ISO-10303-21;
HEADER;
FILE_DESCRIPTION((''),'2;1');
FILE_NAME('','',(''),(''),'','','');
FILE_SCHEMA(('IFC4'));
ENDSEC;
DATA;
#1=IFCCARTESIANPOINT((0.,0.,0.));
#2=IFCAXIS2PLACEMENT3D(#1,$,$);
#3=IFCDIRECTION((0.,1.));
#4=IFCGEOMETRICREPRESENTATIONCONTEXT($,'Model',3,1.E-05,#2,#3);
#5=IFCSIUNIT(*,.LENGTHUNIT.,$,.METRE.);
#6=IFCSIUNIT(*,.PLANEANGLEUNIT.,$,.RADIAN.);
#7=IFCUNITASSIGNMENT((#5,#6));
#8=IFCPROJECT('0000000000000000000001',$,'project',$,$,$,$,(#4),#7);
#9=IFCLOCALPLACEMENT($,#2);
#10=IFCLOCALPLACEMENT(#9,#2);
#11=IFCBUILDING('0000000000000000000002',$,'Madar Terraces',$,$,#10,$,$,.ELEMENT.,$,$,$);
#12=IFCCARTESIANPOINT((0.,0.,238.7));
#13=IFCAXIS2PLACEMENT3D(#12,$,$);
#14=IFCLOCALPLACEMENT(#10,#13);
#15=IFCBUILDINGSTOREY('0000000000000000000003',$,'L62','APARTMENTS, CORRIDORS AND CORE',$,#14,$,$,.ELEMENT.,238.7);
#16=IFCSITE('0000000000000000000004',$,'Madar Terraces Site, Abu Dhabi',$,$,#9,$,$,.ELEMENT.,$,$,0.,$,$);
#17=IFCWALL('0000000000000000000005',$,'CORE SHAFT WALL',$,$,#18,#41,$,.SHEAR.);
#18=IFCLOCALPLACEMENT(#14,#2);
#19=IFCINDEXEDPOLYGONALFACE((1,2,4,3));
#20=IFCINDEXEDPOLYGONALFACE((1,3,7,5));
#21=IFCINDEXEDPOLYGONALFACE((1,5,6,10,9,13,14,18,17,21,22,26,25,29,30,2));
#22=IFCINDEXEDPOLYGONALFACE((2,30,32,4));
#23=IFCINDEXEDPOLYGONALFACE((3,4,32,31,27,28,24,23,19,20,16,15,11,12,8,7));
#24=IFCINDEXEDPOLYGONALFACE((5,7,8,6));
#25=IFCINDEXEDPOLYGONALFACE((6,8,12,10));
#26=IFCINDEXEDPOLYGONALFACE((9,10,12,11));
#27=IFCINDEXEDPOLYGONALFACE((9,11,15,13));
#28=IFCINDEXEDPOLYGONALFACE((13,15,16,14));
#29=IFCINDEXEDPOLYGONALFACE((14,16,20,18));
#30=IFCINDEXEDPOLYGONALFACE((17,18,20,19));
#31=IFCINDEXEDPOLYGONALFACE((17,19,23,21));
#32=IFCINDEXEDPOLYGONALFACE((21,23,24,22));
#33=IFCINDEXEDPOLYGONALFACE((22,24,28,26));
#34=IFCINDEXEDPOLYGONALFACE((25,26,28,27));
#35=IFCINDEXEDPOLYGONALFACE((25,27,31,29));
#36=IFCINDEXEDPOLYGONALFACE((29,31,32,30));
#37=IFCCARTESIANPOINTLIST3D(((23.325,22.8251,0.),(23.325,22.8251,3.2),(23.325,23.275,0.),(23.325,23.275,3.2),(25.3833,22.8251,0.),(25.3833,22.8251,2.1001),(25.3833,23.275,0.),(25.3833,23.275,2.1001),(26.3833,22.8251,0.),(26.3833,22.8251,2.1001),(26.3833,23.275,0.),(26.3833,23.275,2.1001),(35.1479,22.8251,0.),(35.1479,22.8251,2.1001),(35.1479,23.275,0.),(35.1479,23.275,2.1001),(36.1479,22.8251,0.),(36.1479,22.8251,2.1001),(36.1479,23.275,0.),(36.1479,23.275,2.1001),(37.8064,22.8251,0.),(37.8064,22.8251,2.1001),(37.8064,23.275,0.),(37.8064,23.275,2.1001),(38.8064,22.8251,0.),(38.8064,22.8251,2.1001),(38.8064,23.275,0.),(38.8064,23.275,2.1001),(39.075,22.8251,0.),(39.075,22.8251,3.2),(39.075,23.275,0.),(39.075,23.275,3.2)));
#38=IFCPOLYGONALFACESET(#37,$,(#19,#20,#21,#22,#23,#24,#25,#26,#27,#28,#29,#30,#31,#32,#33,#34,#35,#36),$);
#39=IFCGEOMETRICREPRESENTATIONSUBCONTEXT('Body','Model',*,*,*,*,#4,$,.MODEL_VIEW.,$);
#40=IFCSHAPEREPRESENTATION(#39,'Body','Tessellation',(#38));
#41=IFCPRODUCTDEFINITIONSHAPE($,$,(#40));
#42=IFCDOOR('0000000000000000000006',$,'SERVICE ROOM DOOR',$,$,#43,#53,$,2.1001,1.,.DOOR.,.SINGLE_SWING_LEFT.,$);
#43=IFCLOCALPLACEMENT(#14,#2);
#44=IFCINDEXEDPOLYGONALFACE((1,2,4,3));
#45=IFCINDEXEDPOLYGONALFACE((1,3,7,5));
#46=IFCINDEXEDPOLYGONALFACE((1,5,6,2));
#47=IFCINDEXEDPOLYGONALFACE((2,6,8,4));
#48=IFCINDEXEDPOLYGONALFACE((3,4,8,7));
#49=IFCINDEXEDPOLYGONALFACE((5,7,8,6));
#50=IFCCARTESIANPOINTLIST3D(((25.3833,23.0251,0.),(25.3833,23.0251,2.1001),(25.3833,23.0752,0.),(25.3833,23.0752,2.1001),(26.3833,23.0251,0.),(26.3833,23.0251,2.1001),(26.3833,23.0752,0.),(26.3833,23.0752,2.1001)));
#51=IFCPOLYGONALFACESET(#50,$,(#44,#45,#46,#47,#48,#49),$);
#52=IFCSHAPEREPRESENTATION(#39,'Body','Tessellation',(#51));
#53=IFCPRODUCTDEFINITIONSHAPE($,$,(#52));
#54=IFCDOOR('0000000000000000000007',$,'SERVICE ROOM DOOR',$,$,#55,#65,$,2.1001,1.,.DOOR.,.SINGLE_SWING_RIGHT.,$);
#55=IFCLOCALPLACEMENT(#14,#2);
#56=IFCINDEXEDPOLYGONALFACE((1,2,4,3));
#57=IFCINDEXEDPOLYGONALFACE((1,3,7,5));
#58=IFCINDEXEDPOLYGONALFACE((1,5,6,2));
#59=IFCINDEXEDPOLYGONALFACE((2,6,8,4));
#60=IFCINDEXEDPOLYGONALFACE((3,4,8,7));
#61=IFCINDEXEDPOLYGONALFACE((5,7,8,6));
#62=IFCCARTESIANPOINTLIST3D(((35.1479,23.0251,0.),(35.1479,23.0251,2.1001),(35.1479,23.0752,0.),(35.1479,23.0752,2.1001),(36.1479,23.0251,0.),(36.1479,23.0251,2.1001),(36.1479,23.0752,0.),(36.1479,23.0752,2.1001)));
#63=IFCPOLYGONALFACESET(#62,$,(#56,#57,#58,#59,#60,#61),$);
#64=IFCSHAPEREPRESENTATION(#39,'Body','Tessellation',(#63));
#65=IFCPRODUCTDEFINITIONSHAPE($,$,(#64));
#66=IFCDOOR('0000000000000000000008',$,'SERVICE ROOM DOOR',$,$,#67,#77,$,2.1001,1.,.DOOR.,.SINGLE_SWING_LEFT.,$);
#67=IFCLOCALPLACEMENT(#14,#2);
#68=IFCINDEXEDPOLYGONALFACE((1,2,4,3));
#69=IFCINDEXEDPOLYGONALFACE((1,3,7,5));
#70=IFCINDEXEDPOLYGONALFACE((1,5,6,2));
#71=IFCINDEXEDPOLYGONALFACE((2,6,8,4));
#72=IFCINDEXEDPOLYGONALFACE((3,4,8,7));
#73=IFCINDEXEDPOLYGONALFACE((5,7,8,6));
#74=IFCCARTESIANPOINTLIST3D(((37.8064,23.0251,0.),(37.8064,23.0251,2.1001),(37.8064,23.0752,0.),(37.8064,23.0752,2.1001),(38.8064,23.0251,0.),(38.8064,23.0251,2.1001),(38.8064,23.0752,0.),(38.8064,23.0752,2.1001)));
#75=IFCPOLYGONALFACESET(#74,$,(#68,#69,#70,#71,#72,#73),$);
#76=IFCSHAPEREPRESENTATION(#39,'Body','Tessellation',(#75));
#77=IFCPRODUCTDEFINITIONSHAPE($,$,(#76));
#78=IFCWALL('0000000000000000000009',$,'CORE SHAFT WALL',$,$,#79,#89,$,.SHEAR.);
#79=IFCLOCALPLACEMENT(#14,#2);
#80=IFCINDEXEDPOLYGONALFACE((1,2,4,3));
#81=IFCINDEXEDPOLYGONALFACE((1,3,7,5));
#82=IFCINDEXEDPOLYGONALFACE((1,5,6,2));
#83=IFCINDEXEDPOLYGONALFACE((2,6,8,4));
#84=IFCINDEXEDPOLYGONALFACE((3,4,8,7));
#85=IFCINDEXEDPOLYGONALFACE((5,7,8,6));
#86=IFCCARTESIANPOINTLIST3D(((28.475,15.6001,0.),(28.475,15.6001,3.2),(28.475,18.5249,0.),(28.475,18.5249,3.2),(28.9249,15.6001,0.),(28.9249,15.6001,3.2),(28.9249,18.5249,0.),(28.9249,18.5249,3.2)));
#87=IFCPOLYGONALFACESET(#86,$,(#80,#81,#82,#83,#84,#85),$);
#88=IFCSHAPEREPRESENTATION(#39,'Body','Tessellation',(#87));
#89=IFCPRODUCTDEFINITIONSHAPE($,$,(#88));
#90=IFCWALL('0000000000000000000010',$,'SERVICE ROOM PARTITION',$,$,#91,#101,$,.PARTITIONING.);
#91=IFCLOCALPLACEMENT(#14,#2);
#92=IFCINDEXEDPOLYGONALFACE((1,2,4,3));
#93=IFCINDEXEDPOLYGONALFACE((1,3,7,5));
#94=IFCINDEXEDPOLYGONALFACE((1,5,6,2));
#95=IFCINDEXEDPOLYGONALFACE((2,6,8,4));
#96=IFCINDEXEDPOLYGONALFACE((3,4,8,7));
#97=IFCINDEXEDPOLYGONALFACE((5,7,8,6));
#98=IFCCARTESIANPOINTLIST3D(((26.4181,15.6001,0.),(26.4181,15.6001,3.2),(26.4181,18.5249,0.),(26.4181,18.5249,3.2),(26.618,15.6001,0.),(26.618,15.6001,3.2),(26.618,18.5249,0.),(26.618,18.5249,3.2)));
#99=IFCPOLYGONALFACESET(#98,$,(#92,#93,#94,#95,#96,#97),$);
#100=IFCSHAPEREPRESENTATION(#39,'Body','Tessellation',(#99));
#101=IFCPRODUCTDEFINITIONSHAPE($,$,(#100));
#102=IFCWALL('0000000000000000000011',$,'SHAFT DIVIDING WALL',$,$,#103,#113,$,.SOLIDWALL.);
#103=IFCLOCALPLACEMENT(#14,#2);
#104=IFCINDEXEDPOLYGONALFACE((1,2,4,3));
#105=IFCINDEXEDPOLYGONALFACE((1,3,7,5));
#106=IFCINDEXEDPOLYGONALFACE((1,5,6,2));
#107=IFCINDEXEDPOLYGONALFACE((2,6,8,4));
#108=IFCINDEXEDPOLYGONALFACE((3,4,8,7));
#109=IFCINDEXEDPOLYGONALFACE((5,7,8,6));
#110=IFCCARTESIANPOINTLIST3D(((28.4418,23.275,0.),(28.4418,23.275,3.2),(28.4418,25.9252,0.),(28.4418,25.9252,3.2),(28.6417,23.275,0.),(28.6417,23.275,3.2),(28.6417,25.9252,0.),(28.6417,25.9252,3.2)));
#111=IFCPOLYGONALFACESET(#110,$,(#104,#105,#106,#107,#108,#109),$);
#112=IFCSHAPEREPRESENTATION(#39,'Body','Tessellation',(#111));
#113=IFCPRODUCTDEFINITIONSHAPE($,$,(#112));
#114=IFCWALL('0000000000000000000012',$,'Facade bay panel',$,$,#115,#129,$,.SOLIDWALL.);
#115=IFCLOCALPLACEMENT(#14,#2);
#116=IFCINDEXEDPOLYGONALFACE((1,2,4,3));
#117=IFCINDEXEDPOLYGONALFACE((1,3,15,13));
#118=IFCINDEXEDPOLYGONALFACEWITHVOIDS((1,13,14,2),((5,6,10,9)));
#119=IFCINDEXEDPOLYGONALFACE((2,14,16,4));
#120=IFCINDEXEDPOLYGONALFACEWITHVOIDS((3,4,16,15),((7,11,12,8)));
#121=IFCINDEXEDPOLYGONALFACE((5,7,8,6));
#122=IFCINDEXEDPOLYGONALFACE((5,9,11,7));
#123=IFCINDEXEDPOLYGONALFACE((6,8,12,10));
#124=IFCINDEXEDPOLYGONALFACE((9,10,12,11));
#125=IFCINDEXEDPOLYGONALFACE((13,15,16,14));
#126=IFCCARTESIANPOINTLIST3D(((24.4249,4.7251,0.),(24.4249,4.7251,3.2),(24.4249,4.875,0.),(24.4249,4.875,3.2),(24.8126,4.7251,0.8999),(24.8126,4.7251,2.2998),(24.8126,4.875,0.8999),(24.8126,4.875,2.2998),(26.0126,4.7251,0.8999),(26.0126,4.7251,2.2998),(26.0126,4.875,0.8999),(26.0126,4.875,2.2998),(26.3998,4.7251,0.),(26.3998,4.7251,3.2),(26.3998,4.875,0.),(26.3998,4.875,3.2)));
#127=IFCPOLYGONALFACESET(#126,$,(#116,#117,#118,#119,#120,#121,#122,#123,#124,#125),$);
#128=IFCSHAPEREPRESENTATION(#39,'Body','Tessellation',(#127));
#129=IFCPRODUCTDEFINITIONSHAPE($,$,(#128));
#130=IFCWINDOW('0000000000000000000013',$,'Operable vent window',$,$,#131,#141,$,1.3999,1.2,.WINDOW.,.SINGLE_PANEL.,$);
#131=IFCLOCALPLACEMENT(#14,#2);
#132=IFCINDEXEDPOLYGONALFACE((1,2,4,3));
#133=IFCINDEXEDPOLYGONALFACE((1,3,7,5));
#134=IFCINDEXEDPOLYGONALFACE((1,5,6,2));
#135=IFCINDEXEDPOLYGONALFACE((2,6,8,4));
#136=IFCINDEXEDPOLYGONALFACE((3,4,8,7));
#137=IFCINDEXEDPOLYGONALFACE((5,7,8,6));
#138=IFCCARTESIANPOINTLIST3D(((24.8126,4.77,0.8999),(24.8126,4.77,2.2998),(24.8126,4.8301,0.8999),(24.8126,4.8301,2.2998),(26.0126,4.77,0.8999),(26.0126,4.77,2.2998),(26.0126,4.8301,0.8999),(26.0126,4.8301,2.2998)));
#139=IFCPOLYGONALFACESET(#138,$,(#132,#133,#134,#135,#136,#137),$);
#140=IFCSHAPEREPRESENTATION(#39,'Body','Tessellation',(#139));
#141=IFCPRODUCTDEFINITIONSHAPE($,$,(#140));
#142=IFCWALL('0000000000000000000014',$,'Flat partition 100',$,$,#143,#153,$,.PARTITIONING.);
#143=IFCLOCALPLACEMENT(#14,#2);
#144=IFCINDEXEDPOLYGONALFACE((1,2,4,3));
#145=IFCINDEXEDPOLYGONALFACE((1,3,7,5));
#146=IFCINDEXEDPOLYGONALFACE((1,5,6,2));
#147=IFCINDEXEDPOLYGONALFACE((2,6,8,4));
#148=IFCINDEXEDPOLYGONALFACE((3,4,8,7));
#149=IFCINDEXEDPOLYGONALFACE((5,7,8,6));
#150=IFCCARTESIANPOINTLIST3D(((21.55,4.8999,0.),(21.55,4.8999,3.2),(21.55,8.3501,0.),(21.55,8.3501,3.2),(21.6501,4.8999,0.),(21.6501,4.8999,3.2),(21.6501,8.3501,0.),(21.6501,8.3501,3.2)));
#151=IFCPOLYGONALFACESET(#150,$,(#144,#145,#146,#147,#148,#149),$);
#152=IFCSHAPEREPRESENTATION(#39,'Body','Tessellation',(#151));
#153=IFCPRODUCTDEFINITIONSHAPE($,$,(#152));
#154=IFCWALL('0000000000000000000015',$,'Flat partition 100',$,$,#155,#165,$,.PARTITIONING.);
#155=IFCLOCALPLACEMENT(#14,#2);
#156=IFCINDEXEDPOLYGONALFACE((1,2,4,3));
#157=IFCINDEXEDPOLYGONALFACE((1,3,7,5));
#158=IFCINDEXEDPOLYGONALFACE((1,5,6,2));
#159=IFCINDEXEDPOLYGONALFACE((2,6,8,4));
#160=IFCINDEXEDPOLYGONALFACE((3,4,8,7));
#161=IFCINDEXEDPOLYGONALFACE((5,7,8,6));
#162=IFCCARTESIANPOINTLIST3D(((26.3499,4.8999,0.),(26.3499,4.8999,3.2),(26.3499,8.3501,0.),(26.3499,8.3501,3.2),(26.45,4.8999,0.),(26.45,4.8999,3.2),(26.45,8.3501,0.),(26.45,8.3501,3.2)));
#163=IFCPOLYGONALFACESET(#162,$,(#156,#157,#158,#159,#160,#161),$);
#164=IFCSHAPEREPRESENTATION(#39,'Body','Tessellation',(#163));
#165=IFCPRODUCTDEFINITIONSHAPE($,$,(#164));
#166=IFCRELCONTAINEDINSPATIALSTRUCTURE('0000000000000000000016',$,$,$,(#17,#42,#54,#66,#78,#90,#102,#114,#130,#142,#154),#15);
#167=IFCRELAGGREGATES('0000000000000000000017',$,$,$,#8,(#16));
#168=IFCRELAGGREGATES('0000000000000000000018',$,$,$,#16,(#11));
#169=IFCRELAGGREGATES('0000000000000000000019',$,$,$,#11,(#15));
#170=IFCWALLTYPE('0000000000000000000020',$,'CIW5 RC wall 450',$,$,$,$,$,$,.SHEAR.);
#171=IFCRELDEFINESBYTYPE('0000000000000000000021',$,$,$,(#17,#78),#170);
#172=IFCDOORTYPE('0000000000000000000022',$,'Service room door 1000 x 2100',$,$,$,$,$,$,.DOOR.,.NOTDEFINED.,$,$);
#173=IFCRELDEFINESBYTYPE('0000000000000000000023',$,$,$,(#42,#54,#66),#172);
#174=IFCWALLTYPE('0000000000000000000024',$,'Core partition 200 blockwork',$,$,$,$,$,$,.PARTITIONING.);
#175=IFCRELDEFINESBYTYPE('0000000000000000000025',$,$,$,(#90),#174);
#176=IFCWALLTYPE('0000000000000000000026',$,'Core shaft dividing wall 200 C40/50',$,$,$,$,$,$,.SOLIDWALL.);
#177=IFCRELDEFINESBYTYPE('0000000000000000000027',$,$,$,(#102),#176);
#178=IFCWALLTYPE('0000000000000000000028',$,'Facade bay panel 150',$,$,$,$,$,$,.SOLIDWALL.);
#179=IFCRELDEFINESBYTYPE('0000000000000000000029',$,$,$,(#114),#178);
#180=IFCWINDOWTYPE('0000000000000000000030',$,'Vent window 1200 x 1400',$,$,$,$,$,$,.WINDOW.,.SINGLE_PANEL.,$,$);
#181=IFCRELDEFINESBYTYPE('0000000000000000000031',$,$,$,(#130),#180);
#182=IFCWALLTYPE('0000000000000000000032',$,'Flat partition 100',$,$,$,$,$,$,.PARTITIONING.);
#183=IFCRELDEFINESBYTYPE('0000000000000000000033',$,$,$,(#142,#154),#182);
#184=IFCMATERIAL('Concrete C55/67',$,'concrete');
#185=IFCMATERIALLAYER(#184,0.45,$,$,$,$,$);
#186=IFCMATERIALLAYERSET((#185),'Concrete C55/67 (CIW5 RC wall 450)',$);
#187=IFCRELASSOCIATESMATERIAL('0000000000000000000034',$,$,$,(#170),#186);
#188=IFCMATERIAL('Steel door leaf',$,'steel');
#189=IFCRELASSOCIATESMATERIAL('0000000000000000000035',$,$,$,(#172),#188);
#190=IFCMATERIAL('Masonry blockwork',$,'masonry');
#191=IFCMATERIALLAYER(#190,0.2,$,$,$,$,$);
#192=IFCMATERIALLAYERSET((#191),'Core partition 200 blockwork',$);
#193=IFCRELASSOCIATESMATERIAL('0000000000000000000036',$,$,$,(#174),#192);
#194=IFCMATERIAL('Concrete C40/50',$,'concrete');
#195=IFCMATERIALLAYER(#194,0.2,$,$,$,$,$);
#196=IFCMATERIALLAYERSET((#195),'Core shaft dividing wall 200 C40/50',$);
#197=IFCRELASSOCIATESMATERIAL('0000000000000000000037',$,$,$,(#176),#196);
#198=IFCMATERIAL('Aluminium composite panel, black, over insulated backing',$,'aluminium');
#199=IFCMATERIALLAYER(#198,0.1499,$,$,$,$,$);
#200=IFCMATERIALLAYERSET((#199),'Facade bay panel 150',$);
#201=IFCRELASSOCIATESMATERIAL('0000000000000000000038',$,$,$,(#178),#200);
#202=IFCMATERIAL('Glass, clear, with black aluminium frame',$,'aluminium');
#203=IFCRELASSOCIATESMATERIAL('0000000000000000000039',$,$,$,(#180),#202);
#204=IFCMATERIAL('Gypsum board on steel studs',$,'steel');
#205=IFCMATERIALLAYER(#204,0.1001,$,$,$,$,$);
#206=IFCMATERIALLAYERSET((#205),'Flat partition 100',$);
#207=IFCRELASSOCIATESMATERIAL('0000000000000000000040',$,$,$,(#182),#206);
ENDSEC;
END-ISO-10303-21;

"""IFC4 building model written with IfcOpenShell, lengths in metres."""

from ifc_helpers import new_model, si_unit, direction, frame, frame_2d, origin, place, context, subcontext, project, spatial, rectangle, extrude, material, layer, layer_set, type_object, element, fill, save


model = new_model("IFC4")

# Units and contexts
model_context = context("Model", 3, precision=1e-05, world=origin(), true_north=direction((0.0, 1.0)))
body_context = subcontext(model_context, "Body", "Model", "MODEL_VIEW")
ifc_project = project(units=[si_unit("LENGTHUNIT", "METRE"), si_unit("PLANEANGLEUNIT", "RADIAN")], contexts=[model_context])

# Site, building, storey
site_placement = place(None, origin())
site = spatial("IfcSite", under=ifc_project, at=site_placement, Name="Madar Terraces Site, Abu Dhabi", CompositionType="ELEMENT", RefElevation=0.0)
building_placement = place(site_placement, origin())
building = spatial("IfcBuilding", under=site, at=building_placement, Name="Madar Terraces", CompositionType="ELEMENT")
storey_placement = place(building_placement, frame((0.0, 0.0, 238.7)))
storey = spatial("IfcBuildingStorey", under=building, at=storey_placement, Name="L62", Description="APARTMENTS, CORRIDORS AND CORE", CompositionType="ELEMENT", Elevation=238.7)

# Shared definitions
ifc_material_1 = material(Name="Concrete C55/67", Category="concrete")
ifc_layer_1 = layer(ifc_material_1, 0.45)
ifc_layer_set_1 = layer_set([ifc_layer_1], Name="Concrete C55/67 (CIW5 RC wall 450)")
wall_type_1 = type_object("IfcWallType", Name="CIW5 RC wall 450", PredefinedType="SHEAR", material=ifc_layer_set_1)

# Wall, openings, doors
ifc_material_2 = material(Name="Steel door leaf", Category="steel")
door_type = type_object("IfcDoorType", Name="Service room door 1000 x 2100", OperationType="NOTDEFINED", PredefinedType="DOOR", material=ifc_material_2)
wall_1_placement = place(storey_placement, frame((23.325, 23.05, 0.0), z_axis=(0.0, 0.0, 1.0), x_axis=(1.0, 0.0, 0.0)))
wall_1 = element("IfcWall", 1, at=wall_1_placement, inside=storey, type_object=wall_type_1, Name="CORE SHAFT WALL", PredefinedType="SHEAR", context=body_context, shape_type="SweptSolid", body=[
    extrude(rectangle(XDim=15.75, YDim=0.45, at=frame_2d((7.875, 0.0))), origin(), (0.0, 0.0, 1.0), 3.2),
])
opening_1_placement = place(wall_1_placement, frame((2.0583, 0.0, 0.0)))
opening_1 = element("IfcOpeningElement", 2, at=opening_1_placement, cuts=wall_1, PredefinedType="OPENING", context=body_context, shape_type="SweptSolid", body=[
    extrude(rectangle(XDim=1.0, YDim=2.1001, at=frame_2d((0.5, 1.05))), frame((0.0, 0.2349, 0.0), z_axis=(0.0, -1.0, 0.0), x_axis=(1.0, 0.0, 0.0)), (0.0, 0.0, 1.0), 0.47),
])
opening_2_placement = place(wall_1_placement, frame((11.823, 0.0, 0.0)))
opening_2 = element("IfcOpeningElement", 3, at=opening_2_placement, cuts=wall_1, PredefinedType="OPENING", context=body_context, shape_type="SweptSolid", body=[
    extrude(rectangle(XDim=1.0, YDim=2.1001, at=frame_2d((0.5, 1.05))), frame((0.0, 0.2349, 0.0), z_axis=(0.0, -1.0, 0.0), x_axis=(1.0, 0.0, 0.0)), (0.0, 0.0, 1.0), 0.47),
])
opening_3_placement = place(wall_1_placement, frame((14.4814, 0.0, 0.0)))
opening_3 = element("IfcOpeningElement", 4, at=opening_3_placement, cuts=wall_1, PredefinedType="OPENING", context=body_context, shape_type="SweptSolid", body=[
    extrude(rectangle(XDim=1.0, YDim=2.1001, at=frame_2d((0.5, 1.05))), frame((0.0, 0.2349, 0.0), z_axis=(0.0, -1.0, 0.0), x_axis=(1.0, 0.0, 0.0)), (0.0, 0.0, 1.0), 0.47),
])
door_1_placement = place(opening_1_placement, frame((1.0, 0.0, 0.0), z_axis=(0.0, 0.0, 1.0), x_axis=(-1.0, 0.0, 0.0)))
door_1 = element("IfcDoor", 5, at=door_1_placement, inside=storey, type_object=door_type, Name="SERVICE ROOM DOOR", OperationType="SINGLE_SWING_LEFT", OverallHeight=2.1001, OverallWidth=1.0, PredefinedType="DOOR", context=body_context, shape_type="SweptSolid", body=[
    extrude(rectangle(XDim=1.0, YDim=2.1001, at=frame_2d((0.5, 1.05))), frame((0.0, 0.0249, 0.0), z_axis=(0.0, -1.0, 0.0), x_axis=(1.0, 0.0, 0.0)), (0.0, 0.0, 1.0), 0.05),
])
fill(opening_1, door_1)
door_2_placement = place(opening_2_placement, frame((1.0, 0.0, 0.0), z_axis=(0.0, 0.0, 1.0), x_axis=(-1.0, 0.0, 0.0)))
door_2 = element("IfcDoor", 6, at=door_2_placement, inside=storey, type_object=door_type, Name="SERVICE ROOM DOOR", OperationType="SINGLE_SWING_RIGHT", OverallHeight=2.1001, OverallWidth=1.0, PredefinedType="DOOR", context=body_context, shape_type="SweptSolid", body=[
    extrude(rectangle(XDim=1.0, YDim=2.1001, at=frame_2d((0.5, 1.05))), frame((0.0, 0.0249, 0.0), z_axis=(0.0, -1.0, 0.0), x_axis=(1.0, 0.0, 0.0)), (0.0, 0.0, 1.0), 0.05),
])
fill(opening_2, door_2)
door_3_placement = place(opening_3_placement, frame((1.0, 0.0, 0.0), z_axis=(0.0, 0.0, 1.0), x_axis=(-1.0, 0.0, 0.0)))
door_3 = element("IfcDoor", 7, at=door_3_placement, inside=storey, type_object=door_type, Name="SERVICE ROOM DOOR", OperationType="SINGLE_SWING_LEFT", OverallHeight=2.1001, OverallWidth=1.0, PredefinedType="DOOR", context=body_context, shape_type="SweptSolid", body=[
    extrude(rectangle(XDim=1.0, YDim=2.1001, at=frame_2d((0.5, 1.05))), frame((0.0, 0.0249, 0.0), z_axis=(0.0, -1.0, 0.0), x_axis=(1.0, 0.0, 0.0)), (0.0, 0.0, 1.0), 0.05),
])
fill(opening_3, door_3)

# Walls
wall_2_placement = place(storey_placement, frame((28.7, 15.6001, 0.0), z_axis=(0.0, 0.0, 1.0), x_axis=(0.0, 1.0, 0.0)))
element("IfcWall", 8, at=wall_2_placement, inside=storey, type_object=wall_type_1, Name="CORE SHAFT WALL", PredefinedType="SHEAR", context=body_context, shape_type="SweptSolid", body=[
    extrude(rectangle(XDim=2.9248, YDim=0.45, at=frame_2d((1.4624, 0.0))), origin(), (0.0, 0.0, 1.0), 3.2),
])
ifc_material_3 = material(Name="Masonry blockwork", Category="masonry")
ifc_layer_2 = layer(ifc_material_3, 0.2)
ifc_layer_set_2 = layer_set([ifc_layer_2], Name="Core partition 200 blockwork")
wall_type_2 = type_object("IfcWallType", Name="Core partition 200 blockwork", PredefinedType="PARTITIONING", material=ifc_layer_set_2)
wall_3_placement = place(storey_placement, frame((26.5181, 15.6001, 0.0), z_axis=(0.0, 0.0, 1.0), x_axis=(0.0, 1.0, 0.0)))
element("IfcWall", 9, at=wall_3_placement, inside=storey, type_object=wall_type_2, Name="SERVICE ROOM PARTITION", PredefinedType="PARTITIONING", context=body_context, shape_type="SweptSolid", body=[
    extrude(rectangle(XDim=2.9248, YDim=0.2, at=frame_2d((1.4624, 0.0))), origin(), (0.0, 0.0, 1.0), 3.2),
])
ifc_material_4 = material(Name="Concrete C40/50", Category="concrete")
ifc_layer_3 = layer(ifc_material_4, 0.2)
ifc_layer_set_3 = layer_set([ifc_layer_3], Name="Core shaft dividing wall 200 C40/50")
wall_type_3 = type_object("IfcWallType", Name="Core shaft dividing wall 200 C40/50", PredefinedType="SOLIDWALL", material=ifc_layer_set_3)
wall_4_placement = place(storey_placement, frame((28.5417, 23.2749, 0.0), z_axis=(0.0, 0.0, 1.0), x_axis=(0.0, 1.0, 0.0)))
element("IfcWall", 10, at=wall_4_placement, inside=storey, type_object=wall_type_3, Name="SHAFT DIVIDING WALL", PredefinedType="SOLIDWALL", context=body_context, shape_type="SweptSolid", body=[
    extrude(rectangle(XDim=2.6501, YDim=0.2, at=frame_2d((1.3252, 0.0))), origin(), (0.0, 0.0, 1.0), 3.2),
])

# Wall, opening, window
ifc_material_5 = material(Name="Aluminium composite panel, black, over insulated backing", Category="aluminium")
ifc_layer_4 = layer(ifc_material_5, 0.1499)
ifc_layer_set_4 = layer_set([ifc_layer_4], Name="Facade bay panel 150")
wall_type_4 = type_object("IfcWallType", Name="Facade bay panel 150", PredefinedType="SOLIDWALL", material=ifc_layer_set_4)
wall_5_placement = place(storey_placement, frame((24.425, 4.8, 0.0), z_axis=(0.0, 0.0, 1.0), x_axis=(1.0, 0.0, 0.0)))
wall_5 = element("IfcWall", 11, at=wall_5_placement, inside=storey, type_object=wall_type_4, Name="Facade bay panel", PredefinedType="SOLIDWALL", context=body_context, shape_type="SweptSolid", body=[
    extrude(rectangle(XDim=1.9749, YDim=0.1499, at=frame_2d((0.9873, 0.0))), origin(), (0.0, 0.0, 1.0), 3.2),
])
opening_4_placement = place(wall_5_placement, frame((0.3875, 0.0, 0.8999)))
opening_4 = element("IfcOpeningElement", 12, at=opening_4_placement, cuts=wall_5, PredefinedType="OPENING", context=body_context, shape_type="SweptSolid", body=[
    extrude(rectangle(XDim=1.2, YDim=1.3999, at=frame_2d((0.6001, 0.7))), frame((0.0, 0.085, 0.0), z_axis=(0.0, -1.0, 0.0), x_axis=(1.0, 0.0, 0.0)), (0.0, 0.0, 1.0), 0.1699),
])
ifc_material_6 = material(Name="Glass, clear, with black aluminium frame", Category="aluminium")
window_type = type_object("IfcWindowType", Name="Vent window 1200 x 1400", PartitioningType="SINGLE_PANEL", PredefinedType="WINDOW", material=ifc_material_6)
window_placement = place(opening_4_placement, origin())
window = element("IfcWindow", 13, at=window_placement, inside=storey, type_object=window_type, Name="Operable vent window", OverallHeight=1.3999, OverallWidth=1.2, PartitioningType="SINGLE_PANEL", PredefinedType="WINDOW", context=body_context, shape_type="SweptSolid", body=[
    extrude(rectangle(XDim=1.2, YDim=1.3999, at=frame_2d((0.6001, 0.7))), frame((0.0, 0.03, 0.0), z_axis=(0.0, -1.0, 0.0), x_axis=(1.0, 0.0, 0.0)), (0.0, 0.0, 1.0), 0.0601),
])
fill(opening_4, window)

# Walls
ifc_material_7 = material(Name="Gypsum board on steel studs", Category="steel")
ifc_layer_5 = layer(ifc_material_7, 0.1001)
ifc_layer_set_5 = layer_set([ifc_layer_5], Name="Flat partition 100")
wall_type_5 = type_object("IfcWallType", Name="Flat partition 100", PredefinedType="PARTITIONING", material=ifc_layer_set_5)
for number, where, z_axis, x_axis, name in (
    (14, (21.6001, 8.3501, 0.0), (0.0, 0.0, 1.0), (0.0, -1.0, 0.0), "Flat partition 100"),
    (15, (26.3999, 8.3501, 0.0), (0.0, 0.0, 1.0), (0.0, -1.0, 0.0), "Flat partition 100"),
):
    element("IfcWall", number, at=place(storey_placement, frame(where, z_axis=z_axis, x_axis=x_axis)), inside=storey, type_object=wall_type_5, Name=name, PredefinedType="PARTITIONING", context=body_context, shape_type="SweptSolid", body=[
        extrude(rectangle(XDim=3.4502, YDim=0.1001, at=frame_2d((1.7251, 0.0))), origin(), (0.0, 0.0, 1.0), 3.2),
    ])

save(model, "model.ifc")
